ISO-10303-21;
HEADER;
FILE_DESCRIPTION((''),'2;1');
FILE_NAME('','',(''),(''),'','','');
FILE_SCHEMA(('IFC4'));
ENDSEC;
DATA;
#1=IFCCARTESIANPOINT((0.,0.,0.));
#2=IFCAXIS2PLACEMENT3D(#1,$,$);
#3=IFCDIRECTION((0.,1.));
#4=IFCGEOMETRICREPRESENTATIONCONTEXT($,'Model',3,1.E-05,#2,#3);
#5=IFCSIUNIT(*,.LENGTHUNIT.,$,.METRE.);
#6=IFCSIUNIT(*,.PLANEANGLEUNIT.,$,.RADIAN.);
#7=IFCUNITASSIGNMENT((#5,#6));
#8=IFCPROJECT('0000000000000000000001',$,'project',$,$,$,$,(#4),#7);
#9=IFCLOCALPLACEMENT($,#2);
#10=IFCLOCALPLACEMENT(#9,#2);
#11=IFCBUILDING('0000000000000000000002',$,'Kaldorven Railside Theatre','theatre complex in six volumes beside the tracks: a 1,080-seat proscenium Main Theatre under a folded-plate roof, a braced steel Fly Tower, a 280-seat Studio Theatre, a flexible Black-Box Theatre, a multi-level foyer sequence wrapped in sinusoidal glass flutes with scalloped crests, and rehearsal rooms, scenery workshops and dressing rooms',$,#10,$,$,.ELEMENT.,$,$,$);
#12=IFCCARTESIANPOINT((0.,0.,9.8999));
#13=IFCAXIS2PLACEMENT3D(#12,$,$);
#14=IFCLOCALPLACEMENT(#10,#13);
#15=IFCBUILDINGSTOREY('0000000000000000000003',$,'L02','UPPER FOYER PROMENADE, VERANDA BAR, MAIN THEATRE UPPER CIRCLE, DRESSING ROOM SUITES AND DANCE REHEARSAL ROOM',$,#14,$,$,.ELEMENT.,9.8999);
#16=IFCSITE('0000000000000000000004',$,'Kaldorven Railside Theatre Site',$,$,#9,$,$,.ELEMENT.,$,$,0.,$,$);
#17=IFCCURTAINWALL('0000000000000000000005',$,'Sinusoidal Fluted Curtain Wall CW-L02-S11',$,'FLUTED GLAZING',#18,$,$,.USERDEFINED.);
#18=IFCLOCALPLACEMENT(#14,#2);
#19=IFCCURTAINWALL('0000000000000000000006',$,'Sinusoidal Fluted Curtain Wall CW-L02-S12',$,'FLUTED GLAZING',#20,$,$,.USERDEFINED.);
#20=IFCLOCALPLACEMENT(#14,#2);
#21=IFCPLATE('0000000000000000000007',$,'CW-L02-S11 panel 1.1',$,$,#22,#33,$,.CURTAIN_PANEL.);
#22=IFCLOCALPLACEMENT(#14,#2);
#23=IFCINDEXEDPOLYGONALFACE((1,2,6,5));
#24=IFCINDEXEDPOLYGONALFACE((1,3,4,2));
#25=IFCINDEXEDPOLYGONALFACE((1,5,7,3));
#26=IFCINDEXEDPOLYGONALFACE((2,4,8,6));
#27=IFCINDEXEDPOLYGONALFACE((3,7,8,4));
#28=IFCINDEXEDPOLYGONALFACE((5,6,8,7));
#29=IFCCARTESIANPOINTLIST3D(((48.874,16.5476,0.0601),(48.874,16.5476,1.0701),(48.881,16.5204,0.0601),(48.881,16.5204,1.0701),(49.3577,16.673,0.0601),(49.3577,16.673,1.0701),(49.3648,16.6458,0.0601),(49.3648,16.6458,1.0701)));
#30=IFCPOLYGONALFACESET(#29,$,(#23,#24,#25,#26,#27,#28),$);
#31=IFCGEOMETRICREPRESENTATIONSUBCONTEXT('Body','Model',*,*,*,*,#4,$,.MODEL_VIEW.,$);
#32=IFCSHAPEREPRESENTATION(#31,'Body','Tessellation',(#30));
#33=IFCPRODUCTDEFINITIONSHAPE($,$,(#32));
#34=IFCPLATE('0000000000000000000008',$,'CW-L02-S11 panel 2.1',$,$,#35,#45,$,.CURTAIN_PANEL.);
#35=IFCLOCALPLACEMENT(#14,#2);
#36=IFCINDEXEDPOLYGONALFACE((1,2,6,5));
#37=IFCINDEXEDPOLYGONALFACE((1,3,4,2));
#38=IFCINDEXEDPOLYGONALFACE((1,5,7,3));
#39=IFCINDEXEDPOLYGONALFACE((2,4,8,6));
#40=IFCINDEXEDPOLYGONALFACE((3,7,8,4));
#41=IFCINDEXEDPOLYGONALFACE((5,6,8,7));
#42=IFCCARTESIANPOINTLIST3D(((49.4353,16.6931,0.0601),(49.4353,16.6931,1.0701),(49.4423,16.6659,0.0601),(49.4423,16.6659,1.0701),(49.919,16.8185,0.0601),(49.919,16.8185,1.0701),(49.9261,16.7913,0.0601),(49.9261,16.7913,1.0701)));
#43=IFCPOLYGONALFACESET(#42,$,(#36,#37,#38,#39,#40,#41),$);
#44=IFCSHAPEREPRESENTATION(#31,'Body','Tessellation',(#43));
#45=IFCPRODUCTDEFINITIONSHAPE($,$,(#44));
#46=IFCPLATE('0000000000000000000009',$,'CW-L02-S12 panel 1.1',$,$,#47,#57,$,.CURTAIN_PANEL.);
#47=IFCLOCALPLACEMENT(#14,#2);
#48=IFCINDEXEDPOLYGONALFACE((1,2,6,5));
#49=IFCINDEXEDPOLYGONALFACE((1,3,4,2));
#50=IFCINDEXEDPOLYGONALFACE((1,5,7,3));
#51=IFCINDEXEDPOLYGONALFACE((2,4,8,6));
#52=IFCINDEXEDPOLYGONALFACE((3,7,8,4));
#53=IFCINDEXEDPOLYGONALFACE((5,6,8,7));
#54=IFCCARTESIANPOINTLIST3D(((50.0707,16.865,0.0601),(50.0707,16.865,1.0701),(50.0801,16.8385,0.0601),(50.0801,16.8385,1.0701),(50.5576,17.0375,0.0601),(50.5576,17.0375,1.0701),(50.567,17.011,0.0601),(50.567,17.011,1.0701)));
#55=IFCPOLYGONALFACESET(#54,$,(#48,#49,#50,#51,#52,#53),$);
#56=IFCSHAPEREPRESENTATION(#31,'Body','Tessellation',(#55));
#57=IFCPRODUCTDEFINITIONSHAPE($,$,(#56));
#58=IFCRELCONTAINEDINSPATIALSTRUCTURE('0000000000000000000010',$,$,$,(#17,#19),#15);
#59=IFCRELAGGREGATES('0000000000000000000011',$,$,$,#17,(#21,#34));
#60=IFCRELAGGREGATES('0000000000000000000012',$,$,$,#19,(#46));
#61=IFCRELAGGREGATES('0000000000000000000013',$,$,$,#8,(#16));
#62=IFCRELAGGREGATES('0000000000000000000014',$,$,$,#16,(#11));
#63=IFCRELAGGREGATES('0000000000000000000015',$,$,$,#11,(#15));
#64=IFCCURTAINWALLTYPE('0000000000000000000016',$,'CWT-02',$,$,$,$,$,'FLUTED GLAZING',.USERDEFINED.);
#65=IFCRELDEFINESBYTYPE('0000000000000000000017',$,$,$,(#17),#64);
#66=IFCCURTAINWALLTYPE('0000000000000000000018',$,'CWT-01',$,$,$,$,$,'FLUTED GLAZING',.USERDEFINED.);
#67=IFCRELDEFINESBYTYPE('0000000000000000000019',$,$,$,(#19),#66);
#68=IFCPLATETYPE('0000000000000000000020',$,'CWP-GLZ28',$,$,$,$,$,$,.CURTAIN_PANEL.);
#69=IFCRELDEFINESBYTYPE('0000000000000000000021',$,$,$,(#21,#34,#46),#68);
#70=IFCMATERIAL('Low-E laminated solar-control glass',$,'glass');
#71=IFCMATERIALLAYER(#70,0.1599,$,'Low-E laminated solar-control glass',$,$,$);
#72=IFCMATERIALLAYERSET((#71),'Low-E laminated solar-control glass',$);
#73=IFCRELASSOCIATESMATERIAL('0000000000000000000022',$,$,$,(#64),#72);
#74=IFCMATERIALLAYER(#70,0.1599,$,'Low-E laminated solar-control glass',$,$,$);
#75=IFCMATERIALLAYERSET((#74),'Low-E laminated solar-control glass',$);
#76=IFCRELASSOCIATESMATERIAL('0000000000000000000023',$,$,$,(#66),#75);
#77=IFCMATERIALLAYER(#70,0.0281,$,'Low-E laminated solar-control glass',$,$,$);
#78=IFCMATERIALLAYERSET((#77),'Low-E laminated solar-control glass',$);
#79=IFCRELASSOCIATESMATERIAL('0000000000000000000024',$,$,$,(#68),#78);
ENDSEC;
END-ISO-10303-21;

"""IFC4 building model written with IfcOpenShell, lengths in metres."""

from ifc_helpers import new_model, si_unit, direction, frame, origin, origin_2d, place, context, subcontext, project, spatial, rectangle, extrude, material, layer, layer_set, type_object, element, aggregate, save


model = new_model("IFC4")

# Units and contexts
model_context = context("Model", 3, precision=1e-05, world=origin(), true_north=direction((0.0, 1.0)))
body_context = subcontext(model_context, "Body", "Model", "MODEL_VIEW")
ifc_project = project(units=[si_unit("LENGTHUNIT", "METRE"), si_unit("PLANEANGLEUNIT", "RADIAN")], contexts=[model_context])

# Site, building, storey
site_placement = place(None, origin())
site = spatial("IfcSite", under=ifc_project, at=site_placement, Name="Kaldorven Railside Theatre Site", CompositionType="ELEMENT", RefElevation=0.0)
building_placement = place(site_placement, origin())
building = spatial("IfcBuilding", under=site, at=building_placement, Name="Kaldorven Railside Theatre", Description="theatre complex in six volumes beside the tracks: a 1,080-seat proscenium Main Theatre under a folded-plate roof, a braced steel Fly Tower, a 280-seat Studio Theatre, a flexible Black-Box Theatre, a multi-level foyer sequence wrapped in sinusoidal glass flutes with scalloped crests, and rehearsal rooms, scenery workshops and dressing rooms", CompositionType="ELEMENT")
storey_placement = place(building_placement, frame((0.0, 0.0, 9.8999)))
storey = spatial("IfcBuildingStorey", under=building, at=storey_placement, Name="L02", Description="UPPER FOYER PROMENADE, VERANDA BAR, MAIN THEATRE UPPER CIRCLE, DRESSING ROOM SUITES AND DANCE REHEARSAL ROOM", CompositionType="ELEMENT", Elevation=9.8999)

# Shared definitions
ifc_material_1 = material(Name="Low-E laminated solar-control glass", Category="glass")

# Curtain walls
ifc_layer_1 = layer(ifc_material_1, 0.1599, Name="Low-E laminated solar-control glass")
ifc_layer_set_1 = layer_set([ifc_layer_1], Name="Low-E laminated solar-control glass")
curtain_wall_type_1 = type_object("IfcCurtainWallType", Name="CWT-02", ElementType="FLUTED GLAZING", PredefinedType="USERDEFINED", material=ifc_layer_set_1)
curtain_wall_1_placement = place(storey_placement, origin())
curtain_wall_1 = element("IfcCurtainWall", 1, at=curtain_wall_1_placement, inside=storey, type_object=curtain_wall_type_1, Name="Sinusoidal Fluted Curtain Wall CW-L02-S11", ObjectType="FLUTED GLAZING", PredefinedType="USERDEFINED")
ifc_layer_2 = layer(ifc_material_1, 0.1599, Name="Low-E laminated solar-control glass")
ifc_layer_set_2 = layer_set([ifc_layer_2], Name="Low-E laminated solar-control glass")
curtain_wall_type_2 = type_object("IfcCurtainWallType", Name="CWT-01", ElementType="FLUTED GLAZING", PredefinedType="USERDEFINED", material=ifc_layer_set_2)
curtain_wall_2_placement = place(storey_placement, origin())
curtain_wall_2 = element("IfcCurtainWall", 2, at=curtain_wall_2_placement, inside=storey, type_object=curtain_wall_type_2, Name="Sinusoidal Fluted Curtain Wall CW-L02-S12", ObjectType="FLUTED GLAZING", PredefinedType="USERDEFINED")

# Plates
ifc_layer_3 = layer(ifc_material_1, 0.0281, Name="Low-E laminated solar-control glass")
ifc_layer_set_3 = layer_set([ifc_layer_3], Name="Low-E laminated solar-control glass")
plate_type = type_object("IfcPlateType", Name="CWP-GLZ28", PredefinedType="CURTAIN_PANEL", material=ifc_layer_set_3)
plate_1_placement = place(storey_placement, frame((49.1194, 16.5967, 0.0601), z_axis=(0.0, 0.0, 1.0), x_axis=(0.967999, 0.250954, 0.0)))
plate_1 = element("IfcPlate", 3, at=plate_1_placement, type_object=plate_type, Name="CW-L02-S11 panel 1.1", PredefinedType="CURTAIN_PANEL", context=body_context, shape_type="SweptSolid", body=[
    extrude(rectangle(XDim=0.4998, YDim=0.0281, at=origin_2d()), origin(), (0.0, 0.0, 1.0), 1.01),
])
plate_2_placement = place(storey_placement, frame((49.6807, 16.7422, 0.0601), z_axis=(0.0, 0.0, 1.0), x_axis=(0.967999, 0.250954, 0.0)))
plate_2 = element("IfcPlate", 4, at=plate_2_placement, type_object=plate_type, Name="CW-L02-S11 panel 2.1", PredefinedType="CURTAIN_PANEL", context=body_context, shape_type="SweptSolid", body=[
    extrude(rectangle(XDim=0.4998, YDim=0.0281, at=origin_2d()), origin(), (0.0, 0.0, 1.0), 1.01),
])
aggregate(curtain_wall_1, [plate_1, plate_2])
plate_3_placement = place(storey_placement, frame((50.3188, 16.938, 0.0601), z_axis=(0.0, 0.0, 1.0), x_axis=(0.942627, 0.333847, 0.0)))
plate_3 = element("IfcPlate", 5, at=plate_3_placement, type_object=plate_type, Name="CW-L02-S12 panel 1.1", PredefinedType="CURTAIN_PANEL", context=body_context, shape_type="SweptSolid", body=[
    extrude(rectangle(XDim=0.5166, YDim=0.0281, at=origin_2d()), origin(), (0.0, 0.0, 1.0), 1.01),
])
aggregate(curtain_wall_2, [plate_3])

save(model, "model.ifc")
